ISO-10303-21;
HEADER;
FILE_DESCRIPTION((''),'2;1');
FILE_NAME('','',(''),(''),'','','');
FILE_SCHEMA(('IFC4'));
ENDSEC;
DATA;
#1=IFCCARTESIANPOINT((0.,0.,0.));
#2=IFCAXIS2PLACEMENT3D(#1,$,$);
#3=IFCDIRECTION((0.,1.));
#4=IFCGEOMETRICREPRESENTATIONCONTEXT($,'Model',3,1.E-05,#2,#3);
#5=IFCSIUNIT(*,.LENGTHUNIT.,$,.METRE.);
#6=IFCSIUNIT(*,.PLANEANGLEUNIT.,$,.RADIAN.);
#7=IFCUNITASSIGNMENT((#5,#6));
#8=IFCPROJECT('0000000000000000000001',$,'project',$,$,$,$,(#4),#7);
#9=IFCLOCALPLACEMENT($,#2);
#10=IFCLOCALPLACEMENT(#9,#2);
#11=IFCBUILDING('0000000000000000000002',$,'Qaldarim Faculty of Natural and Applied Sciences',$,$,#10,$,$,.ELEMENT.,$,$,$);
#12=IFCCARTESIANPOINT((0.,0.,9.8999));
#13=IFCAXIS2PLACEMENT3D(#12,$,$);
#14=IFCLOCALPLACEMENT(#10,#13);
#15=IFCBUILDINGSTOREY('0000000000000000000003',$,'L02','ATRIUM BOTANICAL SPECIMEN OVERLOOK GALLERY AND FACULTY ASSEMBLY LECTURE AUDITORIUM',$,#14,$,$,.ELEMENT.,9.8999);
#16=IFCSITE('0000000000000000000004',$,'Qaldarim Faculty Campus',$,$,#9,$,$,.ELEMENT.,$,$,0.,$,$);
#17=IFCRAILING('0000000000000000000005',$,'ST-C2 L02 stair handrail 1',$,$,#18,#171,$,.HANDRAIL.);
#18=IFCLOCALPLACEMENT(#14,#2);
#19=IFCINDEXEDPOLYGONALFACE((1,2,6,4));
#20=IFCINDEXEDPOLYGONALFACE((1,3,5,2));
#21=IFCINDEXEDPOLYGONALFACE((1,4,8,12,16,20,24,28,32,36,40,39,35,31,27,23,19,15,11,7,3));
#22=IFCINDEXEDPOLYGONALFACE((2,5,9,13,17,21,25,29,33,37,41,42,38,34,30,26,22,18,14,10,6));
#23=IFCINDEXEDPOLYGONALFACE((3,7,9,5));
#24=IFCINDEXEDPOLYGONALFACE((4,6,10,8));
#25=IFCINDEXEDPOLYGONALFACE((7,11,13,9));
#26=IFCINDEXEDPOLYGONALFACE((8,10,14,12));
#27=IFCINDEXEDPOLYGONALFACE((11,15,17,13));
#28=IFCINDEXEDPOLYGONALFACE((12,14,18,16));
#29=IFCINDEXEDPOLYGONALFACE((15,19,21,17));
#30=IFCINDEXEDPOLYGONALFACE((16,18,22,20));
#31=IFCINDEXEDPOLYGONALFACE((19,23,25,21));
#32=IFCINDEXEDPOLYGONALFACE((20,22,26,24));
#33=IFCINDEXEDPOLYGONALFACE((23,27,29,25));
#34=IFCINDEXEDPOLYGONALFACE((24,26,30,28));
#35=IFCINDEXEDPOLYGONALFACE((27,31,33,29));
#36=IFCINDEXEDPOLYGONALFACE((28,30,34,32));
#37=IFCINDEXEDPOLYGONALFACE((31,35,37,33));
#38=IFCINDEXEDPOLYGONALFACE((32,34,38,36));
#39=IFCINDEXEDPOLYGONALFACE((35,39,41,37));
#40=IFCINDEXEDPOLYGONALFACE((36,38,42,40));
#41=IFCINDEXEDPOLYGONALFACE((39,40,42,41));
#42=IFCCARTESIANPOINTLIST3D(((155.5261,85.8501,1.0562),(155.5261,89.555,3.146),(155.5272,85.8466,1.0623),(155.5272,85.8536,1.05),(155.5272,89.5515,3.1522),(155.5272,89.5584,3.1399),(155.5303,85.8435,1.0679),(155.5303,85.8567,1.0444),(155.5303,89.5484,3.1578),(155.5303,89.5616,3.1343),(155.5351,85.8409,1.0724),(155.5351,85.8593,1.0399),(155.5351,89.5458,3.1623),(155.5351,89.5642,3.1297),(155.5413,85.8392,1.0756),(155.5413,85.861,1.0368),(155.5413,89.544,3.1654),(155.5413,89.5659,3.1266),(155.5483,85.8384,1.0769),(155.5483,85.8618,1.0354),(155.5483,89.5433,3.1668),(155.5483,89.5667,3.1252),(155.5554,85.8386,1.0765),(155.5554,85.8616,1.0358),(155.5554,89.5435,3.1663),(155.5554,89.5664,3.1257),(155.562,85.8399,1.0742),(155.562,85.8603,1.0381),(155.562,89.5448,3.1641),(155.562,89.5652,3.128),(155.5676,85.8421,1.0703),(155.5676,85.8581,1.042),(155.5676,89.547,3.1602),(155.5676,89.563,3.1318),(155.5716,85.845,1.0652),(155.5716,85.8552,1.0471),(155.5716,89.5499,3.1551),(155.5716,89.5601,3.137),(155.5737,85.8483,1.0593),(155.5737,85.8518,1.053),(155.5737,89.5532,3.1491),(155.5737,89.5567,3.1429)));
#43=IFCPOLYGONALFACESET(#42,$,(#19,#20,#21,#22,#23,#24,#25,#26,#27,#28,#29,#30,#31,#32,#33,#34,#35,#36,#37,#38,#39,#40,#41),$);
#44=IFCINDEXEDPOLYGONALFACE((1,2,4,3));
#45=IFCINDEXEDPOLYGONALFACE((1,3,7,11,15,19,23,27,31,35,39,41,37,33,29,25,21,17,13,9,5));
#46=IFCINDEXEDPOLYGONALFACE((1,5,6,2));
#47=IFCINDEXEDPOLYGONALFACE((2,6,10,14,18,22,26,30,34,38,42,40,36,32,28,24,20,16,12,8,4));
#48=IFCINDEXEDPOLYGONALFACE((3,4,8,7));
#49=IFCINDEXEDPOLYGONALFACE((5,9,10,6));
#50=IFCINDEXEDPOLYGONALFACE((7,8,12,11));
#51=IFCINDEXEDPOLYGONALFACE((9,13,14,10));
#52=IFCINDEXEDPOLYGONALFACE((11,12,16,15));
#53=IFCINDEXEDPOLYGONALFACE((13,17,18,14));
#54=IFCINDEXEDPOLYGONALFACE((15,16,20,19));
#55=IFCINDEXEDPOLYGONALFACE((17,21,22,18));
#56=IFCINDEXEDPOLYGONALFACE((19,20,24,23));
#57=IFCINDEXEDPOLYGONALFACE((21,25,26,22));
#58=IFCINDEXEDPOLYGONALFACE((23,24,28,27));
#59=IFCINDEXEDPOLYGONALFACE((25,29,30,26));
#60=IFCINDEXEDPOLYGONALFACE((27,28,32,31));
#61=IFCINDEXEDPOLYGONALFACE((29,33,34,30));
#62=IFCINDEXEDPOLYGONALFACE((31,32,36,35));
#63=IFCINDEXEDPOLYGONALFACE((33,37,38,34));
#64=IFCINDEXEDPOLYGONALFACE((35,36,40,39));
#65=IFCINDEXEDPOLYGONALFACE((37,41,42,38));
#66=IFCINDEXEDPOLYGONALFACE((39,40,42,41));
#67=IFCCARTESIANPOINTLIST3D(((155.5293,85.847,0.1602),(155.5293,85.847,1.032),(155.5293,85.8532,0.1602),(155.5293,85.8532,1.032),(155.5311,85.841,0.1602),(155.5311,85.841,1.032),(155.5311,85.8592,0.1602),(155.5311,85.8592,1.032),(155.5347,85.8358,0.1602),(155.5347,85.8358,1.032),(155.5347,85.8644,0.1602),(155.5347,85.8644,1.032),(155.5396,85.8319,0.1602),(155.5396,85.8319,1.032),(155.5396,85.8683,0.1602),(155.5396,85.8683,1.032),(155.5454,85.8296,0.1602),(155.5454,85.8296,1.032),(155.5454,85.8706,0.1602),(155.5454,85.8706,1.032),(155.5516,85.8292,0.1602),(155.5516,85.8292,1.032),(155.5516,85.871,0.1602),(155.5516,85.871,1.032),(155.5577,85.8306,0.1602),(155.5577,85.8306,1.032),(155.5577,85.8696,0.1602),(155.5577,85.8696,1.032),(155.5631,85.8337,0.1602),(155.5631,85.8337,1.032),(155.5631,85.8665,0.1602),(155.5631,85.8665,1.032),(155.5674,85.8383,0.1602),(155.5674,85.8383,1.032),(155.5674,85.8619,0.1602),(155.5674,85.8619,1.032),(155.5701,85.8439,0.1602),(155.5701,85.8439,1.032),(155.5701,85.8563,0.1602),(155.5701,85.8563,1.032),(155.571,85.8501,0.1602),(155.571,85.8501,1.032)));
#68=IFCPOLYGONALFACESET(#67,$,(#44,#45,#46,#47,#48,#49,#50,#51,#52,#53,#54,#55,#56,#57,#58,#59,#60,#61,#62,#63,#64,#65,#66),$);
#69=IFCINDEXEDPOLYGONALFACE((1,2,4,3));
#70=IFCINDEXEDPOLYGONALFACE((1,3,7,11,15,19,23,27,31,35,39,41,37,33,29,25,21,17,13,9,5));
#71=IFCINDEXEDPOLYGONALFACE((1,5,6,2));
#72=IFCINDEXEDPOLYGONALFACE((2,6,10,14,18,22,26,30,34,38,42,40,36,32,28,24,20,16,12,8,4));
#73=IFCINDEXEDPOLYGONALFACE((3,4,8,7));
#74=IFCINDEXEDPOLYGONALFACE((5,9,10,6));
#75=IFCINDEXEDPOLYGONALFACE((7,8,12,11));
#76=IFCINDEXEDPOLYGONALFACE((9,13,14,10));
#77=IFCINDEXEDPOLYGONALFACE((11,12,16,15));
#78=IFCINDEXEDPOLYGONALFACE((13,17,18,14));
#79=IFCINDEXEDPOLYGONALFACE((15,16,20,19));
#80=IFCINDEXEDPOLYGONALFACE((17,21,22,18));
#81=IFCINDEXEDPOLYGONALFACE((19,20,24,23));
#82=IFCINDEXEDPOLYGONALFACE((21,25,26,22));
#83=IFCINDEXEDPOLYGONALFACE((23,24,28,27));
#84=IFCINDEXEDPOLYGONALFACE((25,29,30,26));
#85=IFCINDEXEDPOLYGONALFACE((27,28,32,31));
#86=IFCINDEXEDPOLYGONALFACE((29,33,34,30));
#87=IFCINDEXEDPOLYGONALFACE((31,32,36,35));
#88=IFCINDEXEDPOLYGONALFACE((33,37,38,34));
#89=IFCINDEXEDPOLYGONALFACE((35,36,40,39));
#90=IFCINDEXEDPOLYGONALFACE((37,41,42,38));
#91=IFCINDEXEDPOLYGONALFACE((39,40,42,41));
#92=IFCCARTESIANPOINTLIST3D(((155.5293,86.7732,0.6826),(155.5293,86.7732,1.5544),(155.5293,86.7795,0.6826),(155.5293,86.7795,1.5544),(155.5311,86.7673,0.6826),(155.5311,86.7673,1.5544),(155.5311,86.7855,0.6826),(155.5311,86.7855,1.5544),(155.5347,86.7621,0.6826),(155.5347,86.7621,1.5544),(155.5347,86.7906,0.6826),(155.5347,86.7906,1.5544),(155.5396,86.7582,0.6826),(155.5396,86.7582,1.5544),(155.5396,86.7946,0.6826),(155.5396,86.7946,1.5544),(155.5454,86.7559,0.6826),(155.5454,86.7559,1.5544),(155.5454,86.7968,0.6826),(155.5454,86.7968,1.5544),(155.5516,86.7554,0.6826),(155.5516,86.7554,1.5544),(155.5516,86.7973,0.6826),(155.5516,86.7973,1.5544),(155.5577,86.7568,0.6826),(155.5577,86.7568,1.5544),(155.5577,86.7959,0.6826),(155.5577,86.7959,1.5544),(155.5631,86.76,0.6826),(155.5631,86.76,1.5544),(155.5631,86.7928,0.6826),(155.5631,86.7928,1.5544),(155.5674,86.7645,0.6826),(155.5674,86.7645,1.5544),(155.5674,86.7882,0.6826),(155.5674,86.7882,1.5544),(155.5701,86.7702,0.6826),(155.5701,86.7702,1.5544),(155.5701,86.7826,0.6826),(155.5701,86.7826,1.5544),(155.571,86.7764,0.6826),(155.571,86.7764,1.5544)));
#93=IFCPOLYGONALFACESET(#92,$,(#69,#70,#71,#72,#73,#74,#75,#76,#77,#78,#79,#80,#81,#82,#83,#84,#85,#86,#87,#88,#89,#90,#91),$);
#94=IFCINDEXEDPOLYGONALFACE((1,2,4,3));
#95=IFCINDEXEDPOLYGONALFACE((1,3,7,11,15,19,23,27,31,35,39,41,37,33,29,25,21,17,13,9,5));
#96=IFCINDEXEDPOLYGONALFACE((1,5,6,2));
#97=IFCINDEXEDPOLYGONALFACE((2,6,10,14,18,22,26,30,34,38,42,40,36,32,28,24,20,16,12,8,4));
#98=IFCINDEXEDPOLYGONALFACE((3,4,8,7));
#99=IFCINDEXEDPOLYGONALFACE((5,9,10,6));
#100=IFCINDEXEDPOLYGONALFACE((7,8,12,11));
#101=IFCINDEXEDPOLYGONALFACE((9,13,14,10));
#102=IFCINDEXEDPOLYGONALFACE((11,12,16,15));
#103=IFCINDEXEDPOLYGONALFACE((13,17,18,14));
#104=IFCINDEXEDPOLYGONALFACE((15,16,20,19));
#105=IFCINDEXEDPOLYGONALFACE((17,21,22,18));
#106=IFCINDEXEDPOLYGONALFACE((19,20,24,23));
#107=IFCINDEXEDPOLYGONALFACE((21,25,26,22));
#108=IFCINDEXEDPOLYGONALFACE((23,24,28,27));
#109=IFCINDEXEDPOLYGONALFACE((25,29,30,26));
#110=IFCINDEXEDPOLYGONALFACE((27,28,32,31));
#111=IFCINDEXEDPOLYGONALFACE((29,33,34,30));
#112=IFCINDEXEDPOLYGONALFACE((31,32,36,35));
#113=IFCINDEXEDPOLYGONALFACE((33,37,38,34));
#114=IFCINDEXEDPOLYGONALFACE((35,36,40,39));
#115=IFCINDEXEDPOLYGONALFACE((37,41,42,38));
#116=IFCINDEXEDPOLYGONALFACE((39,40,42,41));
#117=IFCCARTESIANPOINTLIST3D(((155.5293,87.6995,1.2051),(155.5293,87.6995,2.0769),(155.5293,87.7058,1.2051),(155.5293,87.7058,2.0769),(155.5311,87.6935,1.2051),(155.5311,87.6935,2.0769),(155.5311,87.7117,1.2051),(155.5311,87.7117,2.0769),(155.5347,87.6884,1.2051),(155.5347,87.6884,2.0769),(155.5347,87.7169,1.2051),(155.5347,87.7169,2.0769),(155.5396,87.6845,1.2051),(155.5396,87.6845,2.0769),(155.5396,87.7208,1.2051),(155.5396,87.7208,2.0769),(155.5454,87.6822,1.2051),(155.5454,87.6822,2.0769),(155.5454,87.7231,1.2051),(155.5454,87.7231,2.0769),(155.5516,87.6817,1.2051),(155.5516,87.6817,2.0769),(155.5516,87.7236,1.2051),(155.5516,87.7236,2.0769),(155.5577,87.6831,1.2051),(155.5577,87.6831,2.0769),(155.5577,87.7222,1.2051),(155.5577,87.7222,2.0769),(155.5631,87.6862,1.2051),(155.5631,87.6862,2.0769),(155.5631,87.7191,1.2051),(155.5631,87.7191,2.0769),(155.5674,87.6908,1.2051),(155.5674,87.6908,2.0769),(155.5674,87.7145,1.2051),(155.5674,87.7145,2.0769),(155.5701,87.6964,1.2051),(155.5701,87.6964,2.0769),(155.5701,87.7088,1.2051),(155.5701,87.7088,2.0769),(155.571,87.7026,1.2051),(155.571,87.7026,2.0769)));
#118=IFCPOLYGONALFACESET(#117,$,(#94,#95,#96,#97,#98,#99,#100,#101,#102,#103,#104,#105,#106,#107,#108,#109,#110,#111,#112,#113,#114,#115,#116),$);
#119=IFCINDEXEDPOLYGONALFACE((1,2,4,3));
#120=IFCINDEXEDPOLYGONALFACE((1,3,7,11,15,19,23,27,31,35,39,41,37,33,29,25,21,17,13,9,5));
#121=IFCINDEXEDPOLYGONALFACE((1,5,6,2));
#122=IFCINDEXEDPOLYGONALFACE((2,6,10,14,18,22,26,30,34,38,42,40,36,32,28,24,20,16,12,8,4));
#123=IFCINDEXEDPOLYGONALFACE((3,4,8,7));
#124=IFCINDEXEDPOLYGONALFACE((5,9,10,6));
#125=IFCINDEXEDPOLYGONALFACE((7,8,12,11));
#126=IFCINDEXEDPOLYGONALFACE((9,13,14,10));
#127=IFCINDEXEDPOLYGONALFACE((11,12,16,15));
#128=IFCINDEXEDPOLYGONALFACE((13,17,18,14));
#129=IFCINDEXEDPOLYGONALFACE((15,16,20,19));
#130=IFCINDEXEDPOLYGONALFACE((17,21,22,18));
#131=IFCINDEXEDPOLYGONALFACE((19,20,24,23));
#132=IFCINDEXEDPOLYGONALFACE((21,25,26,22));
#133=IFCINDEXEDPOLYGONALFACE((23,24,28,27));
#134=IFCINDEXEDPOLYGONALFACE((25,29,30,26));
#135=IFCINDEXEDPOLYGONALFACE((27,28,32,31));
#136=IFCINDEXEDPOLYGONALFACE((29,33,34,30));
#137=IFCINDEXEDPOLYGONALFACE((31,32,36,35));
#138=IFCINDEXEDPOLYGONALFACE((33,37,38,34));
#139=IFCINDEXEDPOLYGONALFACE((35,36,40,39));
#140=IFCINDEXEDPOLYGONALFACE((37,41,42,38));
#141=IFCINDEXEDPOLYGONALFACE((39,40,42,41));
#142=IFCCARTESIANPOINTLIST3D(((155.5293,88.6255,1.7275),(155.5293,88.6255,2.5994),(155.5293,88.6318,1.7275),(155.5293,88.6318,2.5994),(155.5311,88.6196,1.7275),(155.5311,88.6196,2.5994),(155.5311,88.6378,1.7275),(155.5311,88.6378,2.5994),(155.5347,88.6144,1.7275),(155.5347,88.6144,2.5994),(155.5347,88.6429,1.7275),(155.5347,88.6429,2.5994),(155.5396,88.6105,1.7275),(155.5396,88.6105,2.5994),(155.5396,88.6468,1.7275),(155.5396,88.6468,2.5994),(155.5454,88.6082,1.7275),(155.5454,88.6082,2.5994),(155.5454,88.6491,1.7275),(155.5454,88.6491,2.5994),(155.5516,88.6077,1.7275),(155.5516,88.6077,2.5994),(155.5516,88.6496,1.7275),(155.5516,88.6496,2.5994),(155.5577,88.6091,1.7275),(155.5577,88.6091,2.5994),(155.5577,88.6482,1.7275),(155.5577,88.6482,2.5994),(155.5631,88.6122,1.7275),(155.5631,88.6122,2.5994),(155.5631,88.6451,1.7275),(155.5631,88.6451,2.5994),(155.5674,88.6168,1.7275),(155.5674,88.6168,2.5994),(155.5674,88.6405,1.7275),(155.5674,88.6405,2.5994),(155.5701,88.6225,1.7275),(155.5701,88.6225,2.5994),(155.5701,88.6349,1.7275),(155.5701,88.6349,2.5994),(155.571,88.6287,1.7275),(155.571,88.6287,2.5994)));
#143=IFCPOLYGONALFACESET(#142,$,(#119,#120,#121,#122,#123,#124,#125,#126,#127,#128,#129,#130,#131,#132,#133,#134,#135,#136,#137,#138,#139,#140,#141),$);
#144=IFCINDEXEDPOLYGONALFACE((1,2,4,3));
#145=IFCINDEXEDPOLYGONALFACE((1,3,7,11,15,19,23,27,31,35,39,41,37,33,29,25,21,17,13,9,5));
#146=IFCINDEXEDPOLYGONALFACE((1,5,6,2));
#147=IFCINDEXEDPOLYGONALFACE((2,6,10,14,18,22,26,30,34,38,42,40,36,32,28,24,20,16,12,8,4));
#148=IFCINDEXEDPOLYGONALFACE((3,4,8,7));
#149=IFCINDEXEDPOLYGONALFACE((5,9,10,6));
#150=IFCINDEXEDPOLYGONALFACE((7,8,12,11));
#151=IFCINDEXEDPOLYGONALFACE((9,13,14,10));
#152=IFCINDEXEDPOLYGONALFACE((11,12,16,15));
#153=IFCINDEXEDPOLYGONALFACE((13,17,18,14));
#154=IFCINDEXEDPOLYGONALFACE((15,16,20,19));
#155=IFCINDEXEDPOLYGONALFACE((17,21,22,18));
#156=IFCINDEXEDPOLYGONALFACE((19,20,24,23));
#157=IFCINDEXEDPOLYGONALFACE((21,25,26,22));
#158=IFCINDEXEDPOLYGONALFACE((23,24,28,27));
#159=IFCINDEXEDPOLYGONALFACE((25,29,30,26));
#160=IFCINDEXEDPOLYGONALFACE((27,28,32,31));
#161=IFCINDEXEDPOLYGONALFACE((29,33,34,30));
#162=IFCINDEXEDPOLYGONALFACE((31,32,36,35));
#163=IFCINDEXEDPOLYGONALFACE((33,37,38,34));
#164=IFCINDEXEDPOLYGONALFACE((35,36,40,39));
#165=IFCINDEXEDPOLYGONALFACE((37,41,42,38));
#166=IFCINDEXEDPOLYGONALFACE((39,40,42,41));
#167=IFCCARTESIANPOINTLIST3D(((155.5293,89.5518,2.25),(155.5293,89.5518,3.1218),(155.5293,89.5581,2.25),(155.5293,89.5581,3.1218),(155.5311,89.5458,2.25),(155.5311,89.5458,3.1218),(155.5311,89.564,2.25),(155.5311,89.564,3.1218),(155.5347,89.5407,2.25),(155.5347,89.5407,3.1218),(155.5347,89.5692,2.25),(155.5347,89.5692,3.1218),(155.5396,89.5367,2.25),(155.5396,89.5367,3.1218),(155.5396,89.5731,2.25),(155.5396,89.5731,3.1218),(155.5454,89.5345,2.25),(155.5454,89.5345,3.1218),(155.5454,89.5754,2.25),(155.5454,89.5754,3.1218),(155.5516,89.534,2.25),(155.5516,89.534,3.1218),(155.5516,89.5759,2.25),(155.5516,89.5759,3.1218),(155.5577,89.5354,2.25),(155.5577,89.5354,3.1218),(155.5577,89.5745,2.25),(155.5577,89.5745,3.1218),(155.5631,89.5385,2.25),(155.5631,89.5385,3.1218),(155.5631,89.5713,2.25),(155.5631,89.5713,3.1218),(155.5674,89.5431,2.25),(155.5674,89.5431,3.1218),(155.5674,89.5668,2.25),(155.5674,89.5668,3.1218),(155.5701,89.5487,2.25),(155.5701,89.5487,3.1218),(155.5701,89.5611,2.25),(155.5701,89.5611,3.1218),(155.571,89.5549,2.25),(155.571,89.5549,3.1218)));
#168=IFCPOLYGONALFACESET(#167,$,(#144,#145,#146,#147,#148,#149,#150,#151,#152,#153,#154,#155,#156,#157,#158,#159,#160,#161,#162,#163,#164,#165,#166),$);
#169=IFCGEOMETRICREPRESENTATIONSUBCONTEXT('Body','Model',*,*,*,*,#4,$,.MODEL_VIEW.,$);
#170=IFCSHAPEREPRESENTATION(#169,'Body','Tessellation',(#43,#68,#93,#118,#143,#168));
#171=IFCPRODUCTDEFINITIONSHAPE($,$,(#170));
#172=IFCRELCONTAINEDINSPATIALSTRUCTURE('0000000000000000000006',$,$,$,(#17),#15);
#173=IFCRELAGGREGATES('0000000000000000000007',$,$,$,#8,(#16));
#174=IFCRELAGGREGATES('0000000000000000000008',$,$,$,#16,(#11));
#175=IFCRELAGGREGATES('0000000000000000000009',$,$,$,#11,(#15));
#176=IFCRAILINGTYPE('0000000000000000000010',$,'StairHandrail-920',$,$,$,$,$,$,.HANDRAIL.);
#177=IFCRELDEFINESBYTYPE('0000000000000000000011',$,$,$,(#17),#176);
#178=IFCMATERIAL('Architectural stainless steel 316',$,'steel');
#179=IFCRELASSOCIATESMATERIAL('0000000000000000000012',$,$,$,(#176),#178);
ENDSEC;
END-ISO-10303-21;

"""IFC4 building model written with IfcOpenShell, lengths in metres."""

from ifc_helpers import new_model, si_unit, direction, frame, origin, origin_2d, place, context, subcontext, project, spatial, circle, extrude, material, type_object, element, save


model = new_model("IFC4")

# Units and contexts
model_context = context("Model", 3, precision=1e-05, world=origin(), true_north=direction((0.0, 1.0)))
body_context = subcontext(model_context, "Body", "Model", "MODEL_VIEW")
ifc_project = project(units=[si_unit("LENGTHUNIT", "METRE"), si_unit("PLANEANGLEUNIT", "RADIAN")], contexts=[model_context])

# Site, building, storey
site_placement = place(None, origin())
site = spatial("IfcSite", under=ifc_project, at=site_placement, Name="Qaldarim Faculty Campus", CompositionType="ELEMENT", RefElevation=0.0)
building_placement = place(site_placement, origin())
building = spatial("IfcBuilding", under=site, at=building_placement, Name="Qaldarim Faculty of Natural and Applied Sciences", CompositionType="ELEMENT")
storey_placement = place(building_placement, frame((0.0, 0.0, 9.8999)))
storey = spatial("IfcBuildingStorey", under=building, at=storey_placement, Name="L02", Description="ATRIUM BOTANICAL SPECIMEN OVERLOOK GALLERY AND FACULTY ASSEMBLY LECTURE AUDITORIUM", CompositionType="ELEMENT", Elevation=9.8999)

# Shared definitions
ifc_material_1 = material(Name="Architectural stainless steel 316", Category="steel")

# Railing
railing_type_1 = type_object("IfcRailingType", Name="StairHandrail-920", PredefinedType="HANDRAIL", material=ifc_material_1)
railing_1_placement = place(storey_placement, frame((155.55, 85.8501, 0.1602)))
element("IfcRailing", 1, at=railing_1_placement, inside=storey, type_object=railing_type_1, Name="ST-C2 L02 stair handrail 1", PredefinedType="HANDRAIL", context=body_context, shape_type="SweptSolid", body=[
    extrude(circle(Radius=0.0239, at=origin_2d()), frame((0.0, 0.0, 0.896), z_axis=(0.0, 0.870985, 0.49131), x_axis=(-1.0, 0.0, 0.0)), (0.0, 0.0, 1.0), 4.2537),
    extrude(circle(Radius=0.021, at=origin_2d()), origin(), (0.0, 0.0, 1.0), 0.8718),
    extrude(circle(Radius=0.021, at=origin_2d()), frame((0.0, 0.9263, 0.5225)), (0.0, 0.0, 1.0), 0.8718),
    extrude(circle(Radius=0.021, at=origin_2d()), frame((0.0, 1.8525, 1.0449)), (0.0, 0.0, 1.0), 0.8718),
    extrude(circle(Radius=0.021, at=origin_2d()), frame((0.0, 2.7786, 1.5674)), (0.0, 0.0, 1.0), 0.8718),
    extrude(circle(Radius=0.021, at=origin_2d()), frame((0.0, 3.7048, 2.0898)), (0.0, 0.0, 1.0), 0.8718),
])

save(model, "model.ifc")
